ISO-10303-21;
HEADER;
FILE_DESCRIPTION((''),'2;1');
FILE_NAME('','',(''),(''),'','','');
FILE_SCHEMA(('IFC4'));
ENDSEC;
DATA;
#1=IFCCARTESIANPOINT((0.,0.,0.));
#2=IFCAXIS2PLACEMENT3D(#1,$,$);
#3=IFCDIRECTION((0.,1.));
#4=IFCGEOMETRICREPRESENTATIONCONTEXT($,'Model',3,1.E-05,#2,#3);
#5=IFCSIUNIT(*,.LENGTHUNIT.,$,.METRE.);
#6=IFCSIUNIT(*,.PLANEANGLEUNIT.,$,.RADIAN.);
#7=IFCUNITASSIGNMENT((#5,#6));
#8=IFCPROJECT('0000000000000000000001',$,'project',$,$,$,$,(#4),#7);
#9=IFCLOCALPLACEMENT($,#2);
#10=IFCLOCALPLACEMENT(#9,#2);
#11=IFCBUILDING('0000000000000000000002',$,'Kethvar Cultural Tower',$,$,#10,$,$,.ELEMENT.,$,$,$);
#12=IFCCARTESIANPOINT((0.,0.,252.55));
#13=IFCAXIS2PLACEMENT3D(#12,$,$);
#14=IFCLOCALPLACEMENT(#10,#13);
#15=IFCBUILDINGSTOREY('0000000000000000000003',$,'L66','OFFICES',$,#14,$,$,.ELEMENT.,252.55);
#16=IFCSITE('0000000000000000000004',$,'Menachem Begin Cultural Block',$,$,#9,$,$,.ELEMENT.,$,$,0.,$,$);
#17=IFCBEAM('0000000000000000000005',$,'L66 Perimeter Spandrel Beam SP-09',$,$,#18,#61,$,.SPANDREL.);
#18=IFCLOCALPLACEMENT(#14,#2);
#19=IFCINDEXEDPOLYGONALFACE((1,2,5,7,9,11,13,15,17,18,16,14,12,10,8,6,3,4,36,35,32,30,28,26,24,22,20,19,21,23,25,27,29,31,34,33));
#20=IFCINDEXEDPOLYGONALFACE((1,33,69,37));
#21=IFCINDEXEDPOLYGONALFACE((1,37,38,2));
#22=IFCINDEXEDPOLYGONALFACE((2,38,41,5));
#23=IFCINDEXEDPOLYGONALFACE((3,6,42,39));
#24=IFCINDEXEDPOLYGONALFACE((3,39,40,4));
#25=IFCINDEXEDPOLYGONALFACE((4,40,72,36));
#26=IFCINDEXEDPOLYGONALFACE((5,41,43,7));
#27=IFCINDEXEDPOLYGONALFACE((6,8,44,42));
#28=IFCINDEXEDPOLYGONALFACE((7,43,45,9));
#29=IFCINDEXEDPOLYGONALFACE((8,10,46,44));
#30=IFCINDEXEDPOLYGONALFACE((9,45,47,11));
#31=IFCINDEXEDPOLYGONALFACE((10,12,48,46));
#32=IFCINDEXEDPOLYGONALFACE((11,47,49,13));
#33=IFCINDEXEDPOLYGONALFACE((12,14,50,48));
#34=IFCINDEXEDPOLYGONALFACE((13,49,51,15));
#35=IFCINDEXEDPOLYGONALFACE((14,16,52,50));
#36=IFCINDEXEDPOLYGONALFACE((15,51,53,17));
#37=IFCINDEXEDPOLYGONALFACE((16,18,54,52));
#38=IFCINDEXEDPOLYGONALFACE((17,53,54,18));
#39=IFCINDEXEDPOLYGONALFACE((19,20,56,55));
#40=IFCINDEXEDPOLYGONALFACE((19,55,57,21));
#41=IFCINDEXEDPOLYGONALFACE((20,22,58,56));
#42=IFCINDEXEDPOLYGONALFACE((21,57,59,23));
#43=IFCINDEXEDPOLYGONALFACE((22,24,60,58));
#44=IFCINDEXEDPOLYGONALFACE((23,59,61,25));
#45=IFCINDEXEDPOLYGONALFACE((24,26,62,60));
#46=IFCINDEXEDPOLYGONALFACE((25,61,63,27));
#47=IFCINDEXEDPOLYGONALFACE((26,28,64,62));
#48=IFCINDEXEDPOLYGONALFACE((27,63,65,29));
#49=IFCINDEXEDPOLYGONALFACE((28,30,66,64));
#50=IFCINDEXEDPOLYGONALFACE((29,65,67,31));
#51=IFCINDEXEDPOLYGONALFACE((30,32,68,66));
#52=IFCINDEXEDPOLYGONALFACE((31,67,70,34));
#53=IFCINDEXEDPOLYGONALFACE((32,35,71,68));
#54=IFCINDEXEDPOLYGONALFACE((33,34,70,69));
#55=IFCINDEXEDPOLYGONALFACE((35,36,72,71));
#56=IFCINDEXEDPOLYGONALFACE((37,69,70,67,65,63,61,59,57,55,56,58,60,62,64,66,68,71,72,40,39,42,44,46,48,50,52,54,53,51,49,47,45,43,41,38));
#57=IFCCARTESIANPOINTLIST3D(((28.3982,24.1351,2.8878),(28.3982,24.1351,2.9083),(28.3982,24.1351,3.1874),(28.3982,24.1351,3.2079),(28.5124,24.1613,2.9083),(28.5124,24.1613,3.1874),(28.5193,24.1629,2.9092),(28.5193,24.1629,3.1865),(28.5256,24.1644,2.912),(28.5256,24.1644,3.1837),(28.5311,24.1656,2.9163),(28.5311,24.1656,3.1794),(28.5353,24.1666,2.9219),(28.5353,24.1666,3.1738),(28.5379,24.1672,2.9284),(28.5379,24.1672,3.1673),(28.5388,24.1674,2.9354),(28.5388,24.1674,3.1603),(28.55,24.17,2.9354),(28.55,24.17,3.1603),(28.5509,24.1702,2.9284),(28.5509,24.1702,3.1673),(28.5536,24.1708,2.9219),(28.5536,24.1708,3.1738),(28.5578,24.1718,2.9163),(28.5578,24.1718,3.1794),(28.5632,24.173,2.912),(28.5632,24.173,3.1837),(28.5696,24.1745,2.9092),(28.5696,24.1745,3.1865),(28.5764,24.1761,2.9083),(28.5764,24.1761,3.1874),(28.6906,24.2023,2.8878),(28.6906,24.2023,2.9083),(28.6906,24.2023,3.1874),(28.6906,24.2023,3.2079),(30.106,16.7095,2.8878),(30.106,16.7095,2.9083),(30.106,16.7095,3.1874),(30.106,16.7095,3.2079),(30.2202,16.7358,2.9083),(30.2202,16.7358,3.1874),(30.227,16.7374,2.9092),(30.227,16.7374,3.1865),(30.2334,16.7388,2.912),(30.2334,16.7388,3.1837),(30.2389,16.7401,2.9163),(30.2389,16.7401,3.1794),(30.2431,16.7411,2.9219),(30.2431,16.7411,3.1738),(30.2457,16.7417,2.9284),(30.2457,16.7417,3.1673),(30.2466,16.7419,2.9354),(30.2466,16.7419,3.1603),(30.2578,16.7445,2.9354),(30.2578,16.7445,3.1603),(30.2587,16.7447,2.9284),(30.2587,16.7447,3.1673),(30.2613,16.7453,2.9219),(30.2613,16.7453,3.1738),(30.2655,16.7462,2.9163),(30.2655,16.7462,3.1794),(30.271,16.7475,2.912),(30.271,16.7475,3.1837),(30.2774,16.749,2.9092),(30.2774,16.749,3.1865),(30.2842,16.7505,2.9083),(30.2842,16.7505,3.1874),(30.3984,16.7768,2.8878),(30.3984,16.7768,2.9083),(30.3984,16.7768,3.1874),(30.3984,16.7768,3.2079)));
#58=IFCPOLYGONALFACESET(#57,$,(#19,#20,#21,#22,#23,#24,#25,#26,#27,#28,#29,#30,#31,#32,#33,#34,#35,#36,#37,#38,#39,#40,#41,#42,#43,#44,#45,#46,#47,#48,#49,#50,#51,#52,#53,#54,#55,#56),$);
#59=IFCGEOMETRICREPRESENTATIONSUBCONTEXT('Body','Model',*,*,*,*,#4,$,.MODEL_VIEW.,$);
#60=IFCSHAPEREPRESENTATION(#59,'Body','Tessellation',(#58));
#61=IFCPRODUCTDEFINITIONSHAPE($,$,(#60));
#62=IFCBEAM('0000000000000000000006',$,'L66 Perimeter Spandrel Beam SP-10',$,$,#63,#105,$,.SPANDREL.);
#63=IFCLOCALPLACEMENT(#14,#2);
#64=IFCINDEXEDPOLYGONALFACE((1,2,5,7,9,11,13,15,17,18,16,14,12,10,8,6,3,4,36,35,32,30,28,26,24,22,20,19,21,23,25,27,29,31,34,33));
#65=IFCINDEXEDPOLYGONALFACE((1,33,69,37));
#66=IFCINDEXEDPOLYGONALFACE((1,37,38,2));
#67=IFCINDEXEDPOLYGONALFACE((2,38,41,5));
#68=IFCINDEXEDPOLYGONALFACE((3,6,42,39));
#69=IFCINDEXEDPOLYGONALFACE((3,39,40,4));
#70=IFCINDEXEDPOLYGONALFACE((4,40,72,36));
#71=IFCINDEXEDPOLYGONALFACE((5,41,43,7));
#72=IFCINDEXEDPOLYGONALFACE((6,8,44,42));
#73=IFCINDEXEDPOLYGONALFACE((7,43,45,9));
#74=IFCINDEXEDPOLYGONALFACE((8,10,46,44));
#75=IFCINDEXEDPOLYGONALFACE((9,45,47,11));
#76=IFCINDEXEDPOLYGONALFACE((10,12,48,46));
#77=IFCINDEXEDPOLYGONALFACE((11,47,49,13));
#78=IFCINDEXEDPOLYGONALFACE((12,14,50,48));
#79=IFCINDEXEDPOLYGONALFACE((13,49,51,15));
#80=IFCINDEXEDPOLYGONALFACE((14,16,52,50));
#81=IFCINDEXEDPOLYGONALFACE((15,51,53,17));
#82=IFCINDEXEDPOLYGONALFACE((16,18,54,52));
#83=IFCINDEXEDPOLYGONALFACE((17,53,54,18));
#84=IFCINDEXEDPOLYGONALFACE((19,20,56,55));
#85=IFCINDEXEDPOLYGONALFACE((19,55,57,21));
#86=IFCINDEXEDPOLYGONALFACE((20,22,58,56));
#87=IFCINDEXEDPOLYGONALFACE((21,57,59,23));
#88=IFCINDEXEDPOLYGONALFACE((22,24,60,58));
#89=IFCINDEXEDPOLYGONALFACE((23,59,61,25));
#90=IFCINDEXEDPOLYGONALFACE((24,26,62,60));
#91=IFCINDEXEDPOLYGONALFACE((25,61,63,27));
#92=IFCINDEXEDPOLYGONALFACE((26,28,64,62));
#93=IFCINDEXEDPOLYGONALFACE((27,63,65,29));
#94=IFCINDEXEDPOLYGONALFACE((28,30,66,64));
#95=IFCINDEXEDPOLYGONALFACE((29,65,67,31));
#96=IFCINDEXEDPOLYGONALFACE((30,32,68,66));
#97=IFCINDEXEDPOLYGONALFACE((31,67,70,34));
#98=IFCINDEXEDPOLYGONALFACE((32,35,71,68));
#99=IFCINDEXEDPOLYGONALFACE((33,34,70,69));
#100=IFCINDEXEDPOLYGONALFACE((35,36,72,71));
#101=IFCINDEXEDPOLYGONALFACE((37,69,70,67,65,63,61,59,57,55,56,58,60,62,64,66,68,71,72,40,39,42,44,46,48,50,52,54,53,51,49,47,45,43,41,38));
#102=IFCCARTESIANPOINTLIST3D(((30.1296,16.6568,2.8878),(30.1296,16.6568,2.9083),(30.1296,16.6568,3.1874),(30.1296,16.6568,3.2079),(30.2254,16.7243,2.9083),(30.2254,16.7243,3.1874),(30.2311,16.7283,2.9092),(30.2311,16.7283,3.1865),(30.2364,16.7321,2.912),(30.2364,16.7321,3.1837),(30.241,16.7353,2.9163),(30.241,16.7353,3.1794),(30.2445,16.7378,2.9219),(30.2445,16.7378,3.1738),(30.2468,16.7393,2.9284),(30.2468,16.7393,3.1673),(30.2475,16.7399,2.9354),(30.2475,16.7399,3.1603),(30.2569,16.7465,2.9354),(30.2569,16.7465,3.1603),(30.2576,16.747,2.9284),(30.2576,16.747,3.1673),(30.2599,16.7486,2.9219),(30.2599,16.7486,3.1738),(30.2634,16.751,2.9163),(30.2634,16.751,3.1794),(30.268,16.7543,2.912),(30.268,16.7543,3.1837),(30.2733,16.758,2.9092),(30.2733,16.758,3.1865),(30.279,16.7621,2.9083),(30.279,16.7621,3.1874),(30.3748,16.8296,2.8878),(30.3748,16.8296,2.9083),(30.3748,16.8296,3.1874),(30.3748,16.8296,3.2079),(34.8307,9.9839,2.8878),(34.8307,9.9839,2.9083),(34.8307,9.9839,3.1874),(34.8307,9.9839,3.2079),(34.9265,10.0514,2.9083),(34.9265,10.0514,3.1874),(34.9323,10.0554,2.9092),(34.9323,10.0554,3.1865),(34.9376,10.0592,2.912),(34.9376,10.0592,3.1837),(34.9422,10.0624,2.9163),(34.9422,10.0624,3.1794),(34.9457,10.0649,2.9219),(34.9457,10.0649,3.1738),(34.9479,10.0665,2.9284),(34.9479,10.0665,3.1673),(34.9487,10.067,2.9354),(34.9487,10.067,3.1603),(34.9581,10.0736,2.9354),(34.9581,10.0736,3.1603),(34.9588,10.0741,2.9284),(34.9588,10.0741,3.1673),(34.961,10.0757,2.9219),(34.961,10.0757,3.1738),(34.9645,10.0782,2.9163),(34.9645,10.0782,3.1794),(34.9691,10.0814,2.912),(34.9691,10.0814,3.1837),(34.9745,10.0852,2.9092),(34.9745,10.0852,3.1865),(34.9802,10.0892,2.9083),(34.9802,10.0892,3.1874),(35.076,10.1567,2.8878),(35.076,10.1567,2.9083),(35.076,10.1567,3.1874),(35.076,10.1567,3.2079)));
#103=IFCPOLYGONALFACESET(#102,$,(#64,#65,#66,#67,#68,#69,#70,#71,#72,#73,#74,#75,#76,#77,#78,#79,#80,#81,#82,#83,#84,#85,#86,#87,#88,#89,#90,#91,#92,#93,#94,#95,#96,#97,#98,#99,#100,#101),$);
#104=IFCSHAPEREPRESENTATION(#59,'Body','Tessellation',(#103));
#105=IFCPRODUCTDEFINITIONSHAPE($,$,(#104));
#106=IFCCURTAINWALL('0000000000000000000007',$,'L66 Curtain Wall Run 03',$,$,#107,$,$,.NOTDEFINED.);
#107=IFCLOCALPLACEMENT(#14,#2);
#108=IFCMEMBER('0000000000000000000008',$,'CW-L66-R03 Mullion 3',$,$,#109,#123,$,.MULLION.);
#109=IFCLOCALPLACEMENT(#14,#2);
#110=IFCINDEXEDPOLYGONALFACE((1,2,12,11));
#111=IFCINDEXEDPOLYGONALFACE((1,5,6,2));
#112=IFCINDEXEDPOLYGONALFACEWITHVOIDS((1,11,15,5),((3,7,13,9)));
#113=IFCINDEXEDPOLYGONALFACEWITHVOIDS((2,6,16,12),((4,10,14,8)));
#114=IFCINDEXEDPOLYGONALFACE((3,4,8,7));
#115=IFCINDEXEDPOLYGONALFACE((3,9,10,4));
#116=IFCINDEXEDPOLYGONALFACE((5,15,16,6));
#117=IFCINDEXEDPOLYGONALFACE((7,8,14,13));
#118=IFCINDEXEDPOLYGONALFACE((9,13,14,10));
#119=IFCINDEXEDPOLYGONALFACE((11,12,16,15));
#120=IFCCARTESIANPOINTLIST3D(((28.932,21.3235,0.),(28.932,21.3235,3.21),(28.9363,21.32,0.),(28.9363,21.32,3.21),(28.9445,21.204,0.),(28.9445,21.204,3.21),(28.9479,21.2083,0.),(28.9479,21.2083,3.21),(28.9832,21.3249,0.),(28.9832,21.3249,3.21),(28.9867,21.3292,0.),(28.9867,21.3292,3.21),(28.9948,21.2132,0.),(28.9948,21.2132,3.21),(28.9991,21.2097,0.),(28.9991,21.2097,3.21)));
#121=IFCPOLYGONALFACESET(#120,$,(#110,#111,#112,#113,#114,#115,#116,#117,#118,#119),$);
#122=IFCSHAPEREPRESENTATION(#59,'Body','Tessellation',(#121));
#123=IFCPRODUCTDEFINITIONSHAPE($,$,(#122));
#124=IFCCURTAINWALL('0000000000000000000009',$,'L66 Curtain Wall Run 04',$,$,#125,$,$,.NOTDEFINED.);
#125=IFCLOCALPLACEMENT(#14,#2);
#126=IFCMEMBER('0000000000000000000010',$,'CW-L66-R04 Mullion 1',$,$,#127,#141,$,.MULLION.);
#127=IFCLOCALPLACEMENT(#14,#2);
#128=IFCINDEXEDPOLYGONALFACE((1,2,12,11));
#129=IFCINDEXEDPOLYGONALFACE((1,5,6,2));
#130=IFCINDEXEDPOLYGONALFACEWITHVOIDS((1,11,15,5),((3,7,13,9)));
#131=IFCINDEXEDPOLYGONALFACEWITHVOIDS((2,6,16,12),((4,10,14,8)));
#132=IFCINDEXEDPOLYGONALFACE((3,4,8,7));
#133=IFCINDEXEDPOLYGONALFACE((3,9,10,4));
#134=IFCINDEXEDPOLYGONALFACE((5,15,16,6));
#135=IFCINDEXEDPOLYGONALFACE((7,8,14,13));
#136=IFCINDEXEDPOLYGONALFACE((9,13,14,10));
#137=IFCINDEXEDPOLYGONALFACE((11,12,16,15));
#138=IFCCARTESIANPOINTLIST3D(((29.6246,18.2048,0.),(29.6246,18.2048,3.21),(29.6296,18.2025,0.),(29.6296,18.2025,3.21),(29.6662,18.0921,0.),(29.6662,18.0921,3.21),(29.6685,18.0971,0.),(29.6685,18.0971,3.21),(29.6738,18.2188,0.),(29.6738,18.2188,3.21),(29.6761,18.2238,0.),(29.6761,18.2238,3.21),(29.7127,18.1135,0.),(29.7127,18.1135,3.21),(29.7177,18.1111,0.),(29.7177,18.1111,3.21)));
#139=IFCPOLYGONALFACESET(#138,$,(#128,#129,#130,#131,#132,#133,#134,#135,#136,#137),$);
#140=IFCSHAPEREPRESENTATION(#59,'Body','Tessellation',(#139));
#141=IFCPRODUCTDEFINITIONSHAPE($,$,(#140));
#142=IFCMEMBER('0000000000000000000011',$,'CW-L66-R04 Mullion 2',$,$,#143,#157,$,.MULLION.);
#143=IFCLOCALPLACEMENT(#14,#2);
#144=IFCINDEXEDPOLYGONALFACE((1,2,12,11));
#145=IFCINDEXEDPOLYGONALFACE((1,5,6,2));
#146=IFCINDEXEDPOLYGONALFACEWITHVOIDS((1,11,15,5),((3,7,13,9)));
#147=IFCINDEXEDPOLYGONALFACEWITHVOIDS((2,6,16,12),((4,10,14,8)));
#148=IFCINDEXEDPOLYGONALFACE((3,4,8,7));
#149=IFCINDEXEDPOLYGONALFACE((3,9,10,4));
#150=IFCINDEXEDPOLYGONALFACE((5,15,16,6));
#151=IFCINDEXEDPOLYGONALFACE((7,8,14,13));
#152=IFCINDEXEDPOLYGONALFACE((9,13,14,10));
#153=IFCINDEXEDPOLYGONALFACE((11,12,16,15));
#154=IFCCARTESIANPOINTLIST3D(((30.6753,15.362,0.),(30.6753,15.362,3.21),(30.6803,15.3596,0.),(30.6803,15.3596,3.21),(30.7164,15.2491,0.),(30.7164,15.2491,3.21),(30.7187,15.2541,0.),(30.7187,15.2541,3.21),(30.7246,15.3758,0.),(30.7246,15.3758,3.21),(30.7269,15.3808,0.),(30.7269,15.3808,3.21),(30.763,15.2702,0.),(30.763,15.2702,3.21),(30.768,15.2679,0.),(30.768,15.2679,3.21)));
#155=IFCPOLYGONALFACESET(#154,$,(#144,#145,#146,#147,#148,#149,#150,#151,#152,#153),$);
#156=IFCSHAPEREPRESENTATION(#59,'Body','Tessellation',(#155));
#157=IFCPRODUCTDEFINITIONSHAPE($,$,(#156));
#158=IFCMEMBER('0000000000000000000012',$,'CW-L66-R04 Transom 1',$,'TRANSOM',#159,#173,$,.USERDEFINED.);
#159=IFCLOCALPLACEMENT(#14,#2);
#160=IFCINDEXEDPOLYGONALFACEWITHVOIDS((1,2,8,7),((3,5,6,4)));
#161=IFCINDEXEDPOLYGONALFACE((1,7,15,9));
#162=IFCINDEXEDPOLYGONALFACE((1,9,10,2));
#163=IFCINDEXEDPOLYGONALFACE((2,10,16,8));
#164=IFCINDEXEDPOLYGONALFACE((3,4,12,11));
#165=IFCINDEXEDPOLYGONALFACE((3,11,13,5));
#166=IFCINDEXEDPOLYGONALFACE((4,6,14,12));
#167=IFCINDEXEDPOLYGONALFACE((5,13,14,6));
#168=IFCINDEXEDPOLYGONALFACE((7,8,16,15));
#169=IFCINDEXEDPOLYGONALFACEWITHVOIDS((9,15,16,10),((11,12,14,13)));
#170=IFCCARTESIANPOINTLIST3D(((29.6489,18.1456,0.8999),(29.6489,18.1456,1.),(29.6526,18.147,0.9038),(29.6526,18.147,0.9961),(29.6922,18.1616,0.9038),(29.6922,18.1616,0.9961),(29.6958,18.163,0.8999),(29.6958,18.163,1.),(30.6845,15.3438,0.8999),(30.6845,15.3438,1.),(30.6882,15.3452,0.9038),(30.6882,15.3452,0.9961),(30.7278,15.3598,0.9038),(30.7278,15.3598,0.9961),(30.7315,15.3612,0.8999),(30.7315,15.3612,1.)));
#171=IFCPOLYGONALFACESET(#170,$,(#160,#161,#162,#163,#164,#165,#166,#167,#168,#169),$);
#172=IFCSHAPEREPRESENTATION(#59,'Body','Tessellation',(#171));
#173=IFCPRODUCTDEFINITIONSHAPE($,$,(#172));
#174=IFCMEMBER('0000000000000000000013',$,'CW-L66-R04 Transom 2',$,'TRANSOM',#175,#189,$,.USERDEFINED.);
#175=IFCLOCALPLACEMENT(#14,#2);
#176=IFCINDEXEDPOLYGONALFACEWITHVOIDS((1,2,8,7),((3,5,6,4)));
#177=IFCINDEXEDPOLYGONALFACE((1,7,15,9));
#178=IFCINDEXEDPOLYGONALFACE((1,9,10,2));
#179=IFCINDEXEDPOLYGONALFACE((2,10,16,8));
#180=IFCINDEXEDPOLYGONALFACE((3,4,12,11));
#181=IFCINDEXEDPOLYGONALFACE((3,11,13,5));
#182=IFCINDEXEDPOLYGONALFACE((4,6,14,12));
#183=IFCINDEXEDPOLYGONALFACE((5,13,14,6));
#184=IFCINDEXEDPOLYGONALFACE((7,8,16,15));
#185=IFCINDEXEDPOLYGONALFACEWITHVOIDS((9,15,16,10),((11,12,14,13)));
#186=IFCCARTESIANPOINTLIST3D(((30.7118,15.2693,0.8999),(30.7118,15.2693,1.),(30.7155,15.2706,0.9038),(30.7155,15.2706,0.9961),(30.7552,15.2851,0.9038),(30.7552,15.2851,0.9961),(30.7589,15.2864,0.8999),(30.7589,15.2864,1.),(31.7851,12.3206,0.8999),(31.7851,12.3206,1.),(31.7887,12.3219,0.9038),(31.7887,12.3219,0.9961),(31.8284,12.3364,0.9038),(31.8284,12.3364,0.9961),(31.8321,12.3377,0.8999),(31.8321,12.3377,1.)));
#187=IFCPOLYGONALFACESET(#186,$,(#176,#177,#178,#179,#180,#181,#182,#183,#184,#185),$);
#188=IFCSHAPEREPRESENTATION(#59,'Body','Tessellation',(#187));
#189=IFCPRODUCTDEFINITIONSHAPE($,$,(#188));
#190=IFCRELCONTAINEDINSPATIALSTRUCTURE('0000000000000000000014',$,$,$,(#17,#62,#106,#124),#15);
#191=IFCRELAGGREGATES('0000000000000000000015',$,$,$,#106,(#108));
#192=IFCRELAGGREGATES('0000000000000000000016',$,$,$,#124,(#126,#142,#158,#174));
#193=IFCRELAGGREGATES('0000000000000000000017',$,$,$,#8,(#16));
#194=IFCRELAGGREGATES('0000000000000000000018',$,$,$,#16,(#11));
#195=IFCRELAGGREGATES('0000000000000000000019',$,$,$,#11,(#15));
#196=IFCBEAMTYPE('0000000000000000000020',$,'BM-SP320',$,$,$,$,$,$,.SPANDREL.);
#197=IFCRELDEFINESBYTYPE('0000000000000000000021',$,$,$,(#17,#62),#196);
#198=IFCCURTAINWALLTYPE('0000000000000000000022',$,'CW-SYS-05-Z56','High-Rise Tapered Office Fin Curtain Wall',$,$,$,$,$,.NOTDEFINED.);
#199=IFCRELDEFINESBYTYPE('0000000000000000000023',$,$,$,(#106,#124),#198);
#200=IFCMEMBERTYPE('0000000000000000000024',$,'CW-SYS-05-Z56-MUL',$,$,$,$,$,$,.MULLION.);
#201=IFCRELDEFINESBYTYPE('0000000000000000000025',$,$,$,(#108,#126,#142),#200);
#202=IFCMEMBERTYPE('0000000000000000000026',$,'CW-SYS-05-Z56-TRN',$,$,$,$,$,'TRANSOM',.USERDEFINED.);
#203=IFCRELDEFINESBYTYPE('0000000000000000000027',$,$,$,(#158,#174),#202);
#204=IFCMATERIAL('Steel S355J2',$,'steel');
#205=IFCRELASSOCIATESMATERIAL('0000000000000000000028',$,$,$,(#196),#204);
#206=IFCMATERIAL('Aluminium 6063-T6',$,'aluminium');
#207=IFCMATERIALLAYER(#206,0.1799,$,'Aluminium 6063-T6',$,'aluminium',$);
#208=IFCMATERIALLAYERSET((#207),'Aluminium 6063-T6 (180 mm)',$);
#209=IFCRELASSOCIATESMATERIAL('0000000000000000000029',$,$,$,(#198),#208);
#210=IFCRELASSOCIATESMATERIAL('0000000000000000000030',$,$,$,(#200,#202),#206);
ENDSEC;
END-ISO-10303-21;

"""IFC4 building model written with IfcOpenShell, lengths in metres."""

from ifc_helpers import new_model, si_unit, direction, frame, origin, origin_2d, place, context, subcontext, project, spatial, hollow_rectangle, i_section, extrude, source, transform, mapped, material, layer, layer_set, material_profile, profile_set, type_object, element, aggregate, save


model = new_model("IFC4")

# Units and contexts
model_context = context("Model", 3, precision=1e-05, world=origin(), true_north=direction((0.0, 1.0)))
body_context = subcontext(model_context, "Body", "Model", "MODEL_VIEW")
ifc_project = project(units=[si_unit("LENGTHUNIT", "METRE"), si_unit("PLANEANGLEUNIT", "RADIAN")], contexts=[model_context])

# Site, building, storey
site_placement = place(None, origin())
site = spatial("IfcSite", under=ifc_project, at=site_placement, Name="Menachem Begin Cultural Block", CompositionType="ELEMENT", RefElevation=0.0)
building_placement = place(site_placement, origin())
building = spatial("IfcBuilding", under=site, at=building_placement, Name="Kethvar Cultural Tower", CompositionType="ELEMENT")
storey_placement = place(building_placement, frame((0.0, 0.0, 252.55)))
storey = spatial("IfcBuildingStorey", under=building, at=storey_placement, Name="L66", Description="OFFICES", CompositionType="ELEMENT", Elevation=252.55)

# Beams
ifc_material_1 = material(Name="Steel S355J2", Category="steel")
ifc_material_profile_1 = material_profile(ifc_material_1, i_section(OverallWidth=0.3, OverallDepth=0.3201, WebThickness=0.0115, FlangeThickness=0.0205, FilletRadius=0.0271, at=origin_2d()), Name="Steel S355J2 — HEB320")
ifc_profile_set_1 = profile_set([ifc_material_profile_1], Name="Steel S355J2 — HEB320")
beam_type = type_object("IfcBeamType", Name="BM-SP320", PredefinedType="SPANDREL", material=ifc_profile_set_1)
shared_shape_1 = source(origin(), body_context, "Body", "SweptSolid", [
    extrude(i_section(OverallWidth=0.3, OverallDepth=0.3201, WebThickness=0.0115, FlangeThickness=0.0205, FilletRadius=0.0271, at=origin_2d()), origin(), (0.0, 0.0, 1.0), 7.6194),
])
beam_1_placement = place(storey_placement, frame((28.5444, 24.1687, 3.0479), z_axis=(0.224134, -0.974558, 0.0), x_axis=(0.974558, 0.224134, 0.0)))
element("IfcBeam", 1, at=beam_1_placement, inside=storey, type_object=beam_type, Name="L66 Perimeter Spandrel Beam SP-09", PredefinedType="SPANDREL", context=body_context, shape_type="MappedRepresentation", body=[
    mapped(shared_shape_1, transform((0.0, 0.0, 0.0), scale=1.0)),
])
shared_shape_2 = source(origin(), body_context, "Body", "SweptSolid", [
    extrude(i_section(OverallWidth=0.3, OverallDepth=0.3201, WebThickness=0.0115, FlangeThickness=0.0205, FilletRadius=0.0271, at=origin_2d()), origin(), (0.0, 0.0, 1.0), 8.1626),
])
beam_2_placement = place(storey_placement, frame((30.2522, 16.7432, 3.0479), z_axis=(0.575941, -0.817491, 0.0), x_axis=(0.817491, 0.575941, 0.0)))
element("IfcBeam", 2, at=beam_2_placement, inside=storey, type_object=beam_type, Name="L66 Perimeter Spandrel Beam SP-10", PredefinedType="SPANDREL", context=body_context, shape_type="MappedRepresentation", body=[
    mapped(shared_shape_2, transform((0.0, 0.0, 0.0), scale=1.0)),
])

# Curtain wall, member
ifc_material_2 = material(Name="Aluminium 6063-T6", Category="aluminium")
ifc_layer_1 = layer(ifc_material_2, 0.1799, Name="Aluminium 6063-T6", Category="aluminium")
ifc_layer_set_1 = layer_set([ifc_layer_1], Name="Aluminium 6063-T6 (180 mm)")
curtain_wall_type = type_object("IfcCurtainWallType", Name="CW-SYS-05-Z56", Description="High-Rise Tapered Office Fin Curtain Wall", PredefinedType="NOTDEFINED", material=ifc_layer_set_1)
curtain_wall_1_placement = place(storey_placement, origin())
curtain_wall_1 = element("IfcCurtainWall", 3, at=curtain_wall_1_placement, inside=storey, type_object=curtain_wall_type, Name="L66 Curtain Wall Run 03", PredefinedType="NOTDEFINED")
ifc_material_profile_2 = material_profile(ifc_material_2, hollow_rectangle(XDim=0.0549, YDim=0.1201, WallThickness=0.0039, at=origin_2d()), Name="Aluminium 6063-T6 — RHS120x55x4")
ifc_profile_set_2 = profile_set([ifc_material_profile_2], Name="Aluminium 6063-T6 — RHS120x55x4")
member_type_1 = type_object("IfcMemberType", Name="CW-SYS-05-Z56-MUL", PredefinedType="MULLION", material=ifc_profile_set_2)
shared_shape_3 = source(origin(), body_context, "Body", "SweptSolid", [
    extrude(hollow_rectangle(XDim=0.0549, YDim=0.1201, WallThickness=0.0039, at=origin_2d()), origin(), (0.0, 0.0, 1.0), 3.21),
])
member_1_placement = place(storey_placement, frame((28.9656, 21.2666, 0.0), z_axis=(0.0, 0.0, 1.0), x_axis=(0.994643, 0.103365, 0.0)))
member_1 = element("IfcMember", 4, at=member_1_placement, type_object=member_type_1, Name="CW-L66-R03 Mullion 3", PredefinedType="MULLION", context=body_context, shape_type="MappedRepresentation", body=[
    mapped(shared_shape_3, transform((0.0, 0.0, 0.0), scale=1.0)),
])

# Curtain wall, members
curtain_wall_2_placement = place(storey_placement, origin())
curtain_wall_2 = element("IfcCurtainWall", 5, at=curtain_wall_2_placement, inside=storey, type_object=curtain_wall_type, Name="L66 Curtain Wall Run 04", PredefinedType="NOTDEFINED")
member_2_placement = place(storey_placement, frame((29.6711, 18.158, 0.0), z_axis=(0.0, 0.0, 1.0), x_axis=(0.937998, 0.346641, 0.0)))
member_2 = element("IfcMember", 6, at=member_2_placement, type_object=member_type_1, Name="CW-L66-R04 Mullion 1", PredefinedType="MULLION", context=body_context, shape_type="MappedRepresentation", body=[
    mapped(shared_shape_3, transform((0.0, 0.0, 0.0), scale=1.0)),
])
member_3_placement = place(storey_placement, frame((30.7217, 15.3149, 0.0), z_axis=(0.0, 0.0, 1.0), x_axis=(0.939681, 0.342053, 0.0)))
member_3 = element("IfcMember", 7, at=member_3_placement, type_object=member_type_1, Name="CW-L66-R04 Mullion 2", PredefinedType="MULLION", context=body_context, shape_type="MappedRepresentation", body=[
    mapped(shared_shape_3, transform((0.0, 0.0, 0.0), scale=1.0)),
])
ifc_material_profile_3 = material_profile(ifc_material_2, hollow_rectangle(XDim=0.05, YDim=0.1001, WallThickness=0.0039, at=origin_2d()), Name="Aluminium 6063-T6 — RHS100x50x4")
ifc_profile_set_3 = profile_set([ifc_material_profile_3], Name="Aluminium 6063-T6 — RHS100x50x4")
member_type_2 = type_object("IfcMemberType", Name="CW-SYS-05-Z56-TRN", ElementType="TRANSOM", PredefinedType="USERDEFINED", material=ifc_profile_set_3)
shared_shape_4 = source(origin(), body_context, "Body", "SweptSolid", [
    extrude(hollow_rectangle(XDim=0.05, YDim=0.1001, WallThickness=0.0039, at=origin_2d()), origin(), (0.0, 0.0, 1.0), 2.9871),
])
member_4_placement = place(storey_placement, frame((29.6724, 18.1543, 0.95), z_axis=(0.346713, -0.937971, 0.0), x_axis=(0.937971, 0.346713, 0.0)))
member_4 = element("IfcMember", 8, at=member_4_placement, type_object=member_type_2, Name="CW-L66-R04 Transom 1", ObjectType="TRANSOM", PredefinedType="USERDEFINED", context=body_context, shape_type="MappedRepresentation", body=[
    mapped(shared_shape_4, transform((0.0, 0.0, 0.0), scale=1.0)),
])
shared_shape_5 = source(origin(), body_context, "Body", "SweptSolid", [
    extrude(hollow_rectangle(XDim=0.05, YDim=0.1001, WallThickness=0.0039, at=origin_2d()), origin(), (0.0, 0.0, 1.0), 3.1379),
])
member_5_placement = place(storey_placement, frame((30.7354, 15.2778, 0.95), z_axis=(0.342018, -0.939693, 0.0), x_axis=(0.939693, 0.342018, 0.0)))
member_5 = element("IfcMember", 9, at=member_5_placement, type_object=member_type_2, Name="CW-L66-R04 Transom 2", ObjectType="TRANSOM", PredefinedType="USERDEFINED", context=body_context, shape_type="MappedRepresentation", body=[
    mapped(shared_shape_5, transform((0.0, 0.0, 0.0), scale=1.0)),
])

aggregate(curtain_wall_1, [member_1])
aggregate(curtain_wall_2, [member_2, member_3, member_4, member_5])

save(model, "model.ifc")
